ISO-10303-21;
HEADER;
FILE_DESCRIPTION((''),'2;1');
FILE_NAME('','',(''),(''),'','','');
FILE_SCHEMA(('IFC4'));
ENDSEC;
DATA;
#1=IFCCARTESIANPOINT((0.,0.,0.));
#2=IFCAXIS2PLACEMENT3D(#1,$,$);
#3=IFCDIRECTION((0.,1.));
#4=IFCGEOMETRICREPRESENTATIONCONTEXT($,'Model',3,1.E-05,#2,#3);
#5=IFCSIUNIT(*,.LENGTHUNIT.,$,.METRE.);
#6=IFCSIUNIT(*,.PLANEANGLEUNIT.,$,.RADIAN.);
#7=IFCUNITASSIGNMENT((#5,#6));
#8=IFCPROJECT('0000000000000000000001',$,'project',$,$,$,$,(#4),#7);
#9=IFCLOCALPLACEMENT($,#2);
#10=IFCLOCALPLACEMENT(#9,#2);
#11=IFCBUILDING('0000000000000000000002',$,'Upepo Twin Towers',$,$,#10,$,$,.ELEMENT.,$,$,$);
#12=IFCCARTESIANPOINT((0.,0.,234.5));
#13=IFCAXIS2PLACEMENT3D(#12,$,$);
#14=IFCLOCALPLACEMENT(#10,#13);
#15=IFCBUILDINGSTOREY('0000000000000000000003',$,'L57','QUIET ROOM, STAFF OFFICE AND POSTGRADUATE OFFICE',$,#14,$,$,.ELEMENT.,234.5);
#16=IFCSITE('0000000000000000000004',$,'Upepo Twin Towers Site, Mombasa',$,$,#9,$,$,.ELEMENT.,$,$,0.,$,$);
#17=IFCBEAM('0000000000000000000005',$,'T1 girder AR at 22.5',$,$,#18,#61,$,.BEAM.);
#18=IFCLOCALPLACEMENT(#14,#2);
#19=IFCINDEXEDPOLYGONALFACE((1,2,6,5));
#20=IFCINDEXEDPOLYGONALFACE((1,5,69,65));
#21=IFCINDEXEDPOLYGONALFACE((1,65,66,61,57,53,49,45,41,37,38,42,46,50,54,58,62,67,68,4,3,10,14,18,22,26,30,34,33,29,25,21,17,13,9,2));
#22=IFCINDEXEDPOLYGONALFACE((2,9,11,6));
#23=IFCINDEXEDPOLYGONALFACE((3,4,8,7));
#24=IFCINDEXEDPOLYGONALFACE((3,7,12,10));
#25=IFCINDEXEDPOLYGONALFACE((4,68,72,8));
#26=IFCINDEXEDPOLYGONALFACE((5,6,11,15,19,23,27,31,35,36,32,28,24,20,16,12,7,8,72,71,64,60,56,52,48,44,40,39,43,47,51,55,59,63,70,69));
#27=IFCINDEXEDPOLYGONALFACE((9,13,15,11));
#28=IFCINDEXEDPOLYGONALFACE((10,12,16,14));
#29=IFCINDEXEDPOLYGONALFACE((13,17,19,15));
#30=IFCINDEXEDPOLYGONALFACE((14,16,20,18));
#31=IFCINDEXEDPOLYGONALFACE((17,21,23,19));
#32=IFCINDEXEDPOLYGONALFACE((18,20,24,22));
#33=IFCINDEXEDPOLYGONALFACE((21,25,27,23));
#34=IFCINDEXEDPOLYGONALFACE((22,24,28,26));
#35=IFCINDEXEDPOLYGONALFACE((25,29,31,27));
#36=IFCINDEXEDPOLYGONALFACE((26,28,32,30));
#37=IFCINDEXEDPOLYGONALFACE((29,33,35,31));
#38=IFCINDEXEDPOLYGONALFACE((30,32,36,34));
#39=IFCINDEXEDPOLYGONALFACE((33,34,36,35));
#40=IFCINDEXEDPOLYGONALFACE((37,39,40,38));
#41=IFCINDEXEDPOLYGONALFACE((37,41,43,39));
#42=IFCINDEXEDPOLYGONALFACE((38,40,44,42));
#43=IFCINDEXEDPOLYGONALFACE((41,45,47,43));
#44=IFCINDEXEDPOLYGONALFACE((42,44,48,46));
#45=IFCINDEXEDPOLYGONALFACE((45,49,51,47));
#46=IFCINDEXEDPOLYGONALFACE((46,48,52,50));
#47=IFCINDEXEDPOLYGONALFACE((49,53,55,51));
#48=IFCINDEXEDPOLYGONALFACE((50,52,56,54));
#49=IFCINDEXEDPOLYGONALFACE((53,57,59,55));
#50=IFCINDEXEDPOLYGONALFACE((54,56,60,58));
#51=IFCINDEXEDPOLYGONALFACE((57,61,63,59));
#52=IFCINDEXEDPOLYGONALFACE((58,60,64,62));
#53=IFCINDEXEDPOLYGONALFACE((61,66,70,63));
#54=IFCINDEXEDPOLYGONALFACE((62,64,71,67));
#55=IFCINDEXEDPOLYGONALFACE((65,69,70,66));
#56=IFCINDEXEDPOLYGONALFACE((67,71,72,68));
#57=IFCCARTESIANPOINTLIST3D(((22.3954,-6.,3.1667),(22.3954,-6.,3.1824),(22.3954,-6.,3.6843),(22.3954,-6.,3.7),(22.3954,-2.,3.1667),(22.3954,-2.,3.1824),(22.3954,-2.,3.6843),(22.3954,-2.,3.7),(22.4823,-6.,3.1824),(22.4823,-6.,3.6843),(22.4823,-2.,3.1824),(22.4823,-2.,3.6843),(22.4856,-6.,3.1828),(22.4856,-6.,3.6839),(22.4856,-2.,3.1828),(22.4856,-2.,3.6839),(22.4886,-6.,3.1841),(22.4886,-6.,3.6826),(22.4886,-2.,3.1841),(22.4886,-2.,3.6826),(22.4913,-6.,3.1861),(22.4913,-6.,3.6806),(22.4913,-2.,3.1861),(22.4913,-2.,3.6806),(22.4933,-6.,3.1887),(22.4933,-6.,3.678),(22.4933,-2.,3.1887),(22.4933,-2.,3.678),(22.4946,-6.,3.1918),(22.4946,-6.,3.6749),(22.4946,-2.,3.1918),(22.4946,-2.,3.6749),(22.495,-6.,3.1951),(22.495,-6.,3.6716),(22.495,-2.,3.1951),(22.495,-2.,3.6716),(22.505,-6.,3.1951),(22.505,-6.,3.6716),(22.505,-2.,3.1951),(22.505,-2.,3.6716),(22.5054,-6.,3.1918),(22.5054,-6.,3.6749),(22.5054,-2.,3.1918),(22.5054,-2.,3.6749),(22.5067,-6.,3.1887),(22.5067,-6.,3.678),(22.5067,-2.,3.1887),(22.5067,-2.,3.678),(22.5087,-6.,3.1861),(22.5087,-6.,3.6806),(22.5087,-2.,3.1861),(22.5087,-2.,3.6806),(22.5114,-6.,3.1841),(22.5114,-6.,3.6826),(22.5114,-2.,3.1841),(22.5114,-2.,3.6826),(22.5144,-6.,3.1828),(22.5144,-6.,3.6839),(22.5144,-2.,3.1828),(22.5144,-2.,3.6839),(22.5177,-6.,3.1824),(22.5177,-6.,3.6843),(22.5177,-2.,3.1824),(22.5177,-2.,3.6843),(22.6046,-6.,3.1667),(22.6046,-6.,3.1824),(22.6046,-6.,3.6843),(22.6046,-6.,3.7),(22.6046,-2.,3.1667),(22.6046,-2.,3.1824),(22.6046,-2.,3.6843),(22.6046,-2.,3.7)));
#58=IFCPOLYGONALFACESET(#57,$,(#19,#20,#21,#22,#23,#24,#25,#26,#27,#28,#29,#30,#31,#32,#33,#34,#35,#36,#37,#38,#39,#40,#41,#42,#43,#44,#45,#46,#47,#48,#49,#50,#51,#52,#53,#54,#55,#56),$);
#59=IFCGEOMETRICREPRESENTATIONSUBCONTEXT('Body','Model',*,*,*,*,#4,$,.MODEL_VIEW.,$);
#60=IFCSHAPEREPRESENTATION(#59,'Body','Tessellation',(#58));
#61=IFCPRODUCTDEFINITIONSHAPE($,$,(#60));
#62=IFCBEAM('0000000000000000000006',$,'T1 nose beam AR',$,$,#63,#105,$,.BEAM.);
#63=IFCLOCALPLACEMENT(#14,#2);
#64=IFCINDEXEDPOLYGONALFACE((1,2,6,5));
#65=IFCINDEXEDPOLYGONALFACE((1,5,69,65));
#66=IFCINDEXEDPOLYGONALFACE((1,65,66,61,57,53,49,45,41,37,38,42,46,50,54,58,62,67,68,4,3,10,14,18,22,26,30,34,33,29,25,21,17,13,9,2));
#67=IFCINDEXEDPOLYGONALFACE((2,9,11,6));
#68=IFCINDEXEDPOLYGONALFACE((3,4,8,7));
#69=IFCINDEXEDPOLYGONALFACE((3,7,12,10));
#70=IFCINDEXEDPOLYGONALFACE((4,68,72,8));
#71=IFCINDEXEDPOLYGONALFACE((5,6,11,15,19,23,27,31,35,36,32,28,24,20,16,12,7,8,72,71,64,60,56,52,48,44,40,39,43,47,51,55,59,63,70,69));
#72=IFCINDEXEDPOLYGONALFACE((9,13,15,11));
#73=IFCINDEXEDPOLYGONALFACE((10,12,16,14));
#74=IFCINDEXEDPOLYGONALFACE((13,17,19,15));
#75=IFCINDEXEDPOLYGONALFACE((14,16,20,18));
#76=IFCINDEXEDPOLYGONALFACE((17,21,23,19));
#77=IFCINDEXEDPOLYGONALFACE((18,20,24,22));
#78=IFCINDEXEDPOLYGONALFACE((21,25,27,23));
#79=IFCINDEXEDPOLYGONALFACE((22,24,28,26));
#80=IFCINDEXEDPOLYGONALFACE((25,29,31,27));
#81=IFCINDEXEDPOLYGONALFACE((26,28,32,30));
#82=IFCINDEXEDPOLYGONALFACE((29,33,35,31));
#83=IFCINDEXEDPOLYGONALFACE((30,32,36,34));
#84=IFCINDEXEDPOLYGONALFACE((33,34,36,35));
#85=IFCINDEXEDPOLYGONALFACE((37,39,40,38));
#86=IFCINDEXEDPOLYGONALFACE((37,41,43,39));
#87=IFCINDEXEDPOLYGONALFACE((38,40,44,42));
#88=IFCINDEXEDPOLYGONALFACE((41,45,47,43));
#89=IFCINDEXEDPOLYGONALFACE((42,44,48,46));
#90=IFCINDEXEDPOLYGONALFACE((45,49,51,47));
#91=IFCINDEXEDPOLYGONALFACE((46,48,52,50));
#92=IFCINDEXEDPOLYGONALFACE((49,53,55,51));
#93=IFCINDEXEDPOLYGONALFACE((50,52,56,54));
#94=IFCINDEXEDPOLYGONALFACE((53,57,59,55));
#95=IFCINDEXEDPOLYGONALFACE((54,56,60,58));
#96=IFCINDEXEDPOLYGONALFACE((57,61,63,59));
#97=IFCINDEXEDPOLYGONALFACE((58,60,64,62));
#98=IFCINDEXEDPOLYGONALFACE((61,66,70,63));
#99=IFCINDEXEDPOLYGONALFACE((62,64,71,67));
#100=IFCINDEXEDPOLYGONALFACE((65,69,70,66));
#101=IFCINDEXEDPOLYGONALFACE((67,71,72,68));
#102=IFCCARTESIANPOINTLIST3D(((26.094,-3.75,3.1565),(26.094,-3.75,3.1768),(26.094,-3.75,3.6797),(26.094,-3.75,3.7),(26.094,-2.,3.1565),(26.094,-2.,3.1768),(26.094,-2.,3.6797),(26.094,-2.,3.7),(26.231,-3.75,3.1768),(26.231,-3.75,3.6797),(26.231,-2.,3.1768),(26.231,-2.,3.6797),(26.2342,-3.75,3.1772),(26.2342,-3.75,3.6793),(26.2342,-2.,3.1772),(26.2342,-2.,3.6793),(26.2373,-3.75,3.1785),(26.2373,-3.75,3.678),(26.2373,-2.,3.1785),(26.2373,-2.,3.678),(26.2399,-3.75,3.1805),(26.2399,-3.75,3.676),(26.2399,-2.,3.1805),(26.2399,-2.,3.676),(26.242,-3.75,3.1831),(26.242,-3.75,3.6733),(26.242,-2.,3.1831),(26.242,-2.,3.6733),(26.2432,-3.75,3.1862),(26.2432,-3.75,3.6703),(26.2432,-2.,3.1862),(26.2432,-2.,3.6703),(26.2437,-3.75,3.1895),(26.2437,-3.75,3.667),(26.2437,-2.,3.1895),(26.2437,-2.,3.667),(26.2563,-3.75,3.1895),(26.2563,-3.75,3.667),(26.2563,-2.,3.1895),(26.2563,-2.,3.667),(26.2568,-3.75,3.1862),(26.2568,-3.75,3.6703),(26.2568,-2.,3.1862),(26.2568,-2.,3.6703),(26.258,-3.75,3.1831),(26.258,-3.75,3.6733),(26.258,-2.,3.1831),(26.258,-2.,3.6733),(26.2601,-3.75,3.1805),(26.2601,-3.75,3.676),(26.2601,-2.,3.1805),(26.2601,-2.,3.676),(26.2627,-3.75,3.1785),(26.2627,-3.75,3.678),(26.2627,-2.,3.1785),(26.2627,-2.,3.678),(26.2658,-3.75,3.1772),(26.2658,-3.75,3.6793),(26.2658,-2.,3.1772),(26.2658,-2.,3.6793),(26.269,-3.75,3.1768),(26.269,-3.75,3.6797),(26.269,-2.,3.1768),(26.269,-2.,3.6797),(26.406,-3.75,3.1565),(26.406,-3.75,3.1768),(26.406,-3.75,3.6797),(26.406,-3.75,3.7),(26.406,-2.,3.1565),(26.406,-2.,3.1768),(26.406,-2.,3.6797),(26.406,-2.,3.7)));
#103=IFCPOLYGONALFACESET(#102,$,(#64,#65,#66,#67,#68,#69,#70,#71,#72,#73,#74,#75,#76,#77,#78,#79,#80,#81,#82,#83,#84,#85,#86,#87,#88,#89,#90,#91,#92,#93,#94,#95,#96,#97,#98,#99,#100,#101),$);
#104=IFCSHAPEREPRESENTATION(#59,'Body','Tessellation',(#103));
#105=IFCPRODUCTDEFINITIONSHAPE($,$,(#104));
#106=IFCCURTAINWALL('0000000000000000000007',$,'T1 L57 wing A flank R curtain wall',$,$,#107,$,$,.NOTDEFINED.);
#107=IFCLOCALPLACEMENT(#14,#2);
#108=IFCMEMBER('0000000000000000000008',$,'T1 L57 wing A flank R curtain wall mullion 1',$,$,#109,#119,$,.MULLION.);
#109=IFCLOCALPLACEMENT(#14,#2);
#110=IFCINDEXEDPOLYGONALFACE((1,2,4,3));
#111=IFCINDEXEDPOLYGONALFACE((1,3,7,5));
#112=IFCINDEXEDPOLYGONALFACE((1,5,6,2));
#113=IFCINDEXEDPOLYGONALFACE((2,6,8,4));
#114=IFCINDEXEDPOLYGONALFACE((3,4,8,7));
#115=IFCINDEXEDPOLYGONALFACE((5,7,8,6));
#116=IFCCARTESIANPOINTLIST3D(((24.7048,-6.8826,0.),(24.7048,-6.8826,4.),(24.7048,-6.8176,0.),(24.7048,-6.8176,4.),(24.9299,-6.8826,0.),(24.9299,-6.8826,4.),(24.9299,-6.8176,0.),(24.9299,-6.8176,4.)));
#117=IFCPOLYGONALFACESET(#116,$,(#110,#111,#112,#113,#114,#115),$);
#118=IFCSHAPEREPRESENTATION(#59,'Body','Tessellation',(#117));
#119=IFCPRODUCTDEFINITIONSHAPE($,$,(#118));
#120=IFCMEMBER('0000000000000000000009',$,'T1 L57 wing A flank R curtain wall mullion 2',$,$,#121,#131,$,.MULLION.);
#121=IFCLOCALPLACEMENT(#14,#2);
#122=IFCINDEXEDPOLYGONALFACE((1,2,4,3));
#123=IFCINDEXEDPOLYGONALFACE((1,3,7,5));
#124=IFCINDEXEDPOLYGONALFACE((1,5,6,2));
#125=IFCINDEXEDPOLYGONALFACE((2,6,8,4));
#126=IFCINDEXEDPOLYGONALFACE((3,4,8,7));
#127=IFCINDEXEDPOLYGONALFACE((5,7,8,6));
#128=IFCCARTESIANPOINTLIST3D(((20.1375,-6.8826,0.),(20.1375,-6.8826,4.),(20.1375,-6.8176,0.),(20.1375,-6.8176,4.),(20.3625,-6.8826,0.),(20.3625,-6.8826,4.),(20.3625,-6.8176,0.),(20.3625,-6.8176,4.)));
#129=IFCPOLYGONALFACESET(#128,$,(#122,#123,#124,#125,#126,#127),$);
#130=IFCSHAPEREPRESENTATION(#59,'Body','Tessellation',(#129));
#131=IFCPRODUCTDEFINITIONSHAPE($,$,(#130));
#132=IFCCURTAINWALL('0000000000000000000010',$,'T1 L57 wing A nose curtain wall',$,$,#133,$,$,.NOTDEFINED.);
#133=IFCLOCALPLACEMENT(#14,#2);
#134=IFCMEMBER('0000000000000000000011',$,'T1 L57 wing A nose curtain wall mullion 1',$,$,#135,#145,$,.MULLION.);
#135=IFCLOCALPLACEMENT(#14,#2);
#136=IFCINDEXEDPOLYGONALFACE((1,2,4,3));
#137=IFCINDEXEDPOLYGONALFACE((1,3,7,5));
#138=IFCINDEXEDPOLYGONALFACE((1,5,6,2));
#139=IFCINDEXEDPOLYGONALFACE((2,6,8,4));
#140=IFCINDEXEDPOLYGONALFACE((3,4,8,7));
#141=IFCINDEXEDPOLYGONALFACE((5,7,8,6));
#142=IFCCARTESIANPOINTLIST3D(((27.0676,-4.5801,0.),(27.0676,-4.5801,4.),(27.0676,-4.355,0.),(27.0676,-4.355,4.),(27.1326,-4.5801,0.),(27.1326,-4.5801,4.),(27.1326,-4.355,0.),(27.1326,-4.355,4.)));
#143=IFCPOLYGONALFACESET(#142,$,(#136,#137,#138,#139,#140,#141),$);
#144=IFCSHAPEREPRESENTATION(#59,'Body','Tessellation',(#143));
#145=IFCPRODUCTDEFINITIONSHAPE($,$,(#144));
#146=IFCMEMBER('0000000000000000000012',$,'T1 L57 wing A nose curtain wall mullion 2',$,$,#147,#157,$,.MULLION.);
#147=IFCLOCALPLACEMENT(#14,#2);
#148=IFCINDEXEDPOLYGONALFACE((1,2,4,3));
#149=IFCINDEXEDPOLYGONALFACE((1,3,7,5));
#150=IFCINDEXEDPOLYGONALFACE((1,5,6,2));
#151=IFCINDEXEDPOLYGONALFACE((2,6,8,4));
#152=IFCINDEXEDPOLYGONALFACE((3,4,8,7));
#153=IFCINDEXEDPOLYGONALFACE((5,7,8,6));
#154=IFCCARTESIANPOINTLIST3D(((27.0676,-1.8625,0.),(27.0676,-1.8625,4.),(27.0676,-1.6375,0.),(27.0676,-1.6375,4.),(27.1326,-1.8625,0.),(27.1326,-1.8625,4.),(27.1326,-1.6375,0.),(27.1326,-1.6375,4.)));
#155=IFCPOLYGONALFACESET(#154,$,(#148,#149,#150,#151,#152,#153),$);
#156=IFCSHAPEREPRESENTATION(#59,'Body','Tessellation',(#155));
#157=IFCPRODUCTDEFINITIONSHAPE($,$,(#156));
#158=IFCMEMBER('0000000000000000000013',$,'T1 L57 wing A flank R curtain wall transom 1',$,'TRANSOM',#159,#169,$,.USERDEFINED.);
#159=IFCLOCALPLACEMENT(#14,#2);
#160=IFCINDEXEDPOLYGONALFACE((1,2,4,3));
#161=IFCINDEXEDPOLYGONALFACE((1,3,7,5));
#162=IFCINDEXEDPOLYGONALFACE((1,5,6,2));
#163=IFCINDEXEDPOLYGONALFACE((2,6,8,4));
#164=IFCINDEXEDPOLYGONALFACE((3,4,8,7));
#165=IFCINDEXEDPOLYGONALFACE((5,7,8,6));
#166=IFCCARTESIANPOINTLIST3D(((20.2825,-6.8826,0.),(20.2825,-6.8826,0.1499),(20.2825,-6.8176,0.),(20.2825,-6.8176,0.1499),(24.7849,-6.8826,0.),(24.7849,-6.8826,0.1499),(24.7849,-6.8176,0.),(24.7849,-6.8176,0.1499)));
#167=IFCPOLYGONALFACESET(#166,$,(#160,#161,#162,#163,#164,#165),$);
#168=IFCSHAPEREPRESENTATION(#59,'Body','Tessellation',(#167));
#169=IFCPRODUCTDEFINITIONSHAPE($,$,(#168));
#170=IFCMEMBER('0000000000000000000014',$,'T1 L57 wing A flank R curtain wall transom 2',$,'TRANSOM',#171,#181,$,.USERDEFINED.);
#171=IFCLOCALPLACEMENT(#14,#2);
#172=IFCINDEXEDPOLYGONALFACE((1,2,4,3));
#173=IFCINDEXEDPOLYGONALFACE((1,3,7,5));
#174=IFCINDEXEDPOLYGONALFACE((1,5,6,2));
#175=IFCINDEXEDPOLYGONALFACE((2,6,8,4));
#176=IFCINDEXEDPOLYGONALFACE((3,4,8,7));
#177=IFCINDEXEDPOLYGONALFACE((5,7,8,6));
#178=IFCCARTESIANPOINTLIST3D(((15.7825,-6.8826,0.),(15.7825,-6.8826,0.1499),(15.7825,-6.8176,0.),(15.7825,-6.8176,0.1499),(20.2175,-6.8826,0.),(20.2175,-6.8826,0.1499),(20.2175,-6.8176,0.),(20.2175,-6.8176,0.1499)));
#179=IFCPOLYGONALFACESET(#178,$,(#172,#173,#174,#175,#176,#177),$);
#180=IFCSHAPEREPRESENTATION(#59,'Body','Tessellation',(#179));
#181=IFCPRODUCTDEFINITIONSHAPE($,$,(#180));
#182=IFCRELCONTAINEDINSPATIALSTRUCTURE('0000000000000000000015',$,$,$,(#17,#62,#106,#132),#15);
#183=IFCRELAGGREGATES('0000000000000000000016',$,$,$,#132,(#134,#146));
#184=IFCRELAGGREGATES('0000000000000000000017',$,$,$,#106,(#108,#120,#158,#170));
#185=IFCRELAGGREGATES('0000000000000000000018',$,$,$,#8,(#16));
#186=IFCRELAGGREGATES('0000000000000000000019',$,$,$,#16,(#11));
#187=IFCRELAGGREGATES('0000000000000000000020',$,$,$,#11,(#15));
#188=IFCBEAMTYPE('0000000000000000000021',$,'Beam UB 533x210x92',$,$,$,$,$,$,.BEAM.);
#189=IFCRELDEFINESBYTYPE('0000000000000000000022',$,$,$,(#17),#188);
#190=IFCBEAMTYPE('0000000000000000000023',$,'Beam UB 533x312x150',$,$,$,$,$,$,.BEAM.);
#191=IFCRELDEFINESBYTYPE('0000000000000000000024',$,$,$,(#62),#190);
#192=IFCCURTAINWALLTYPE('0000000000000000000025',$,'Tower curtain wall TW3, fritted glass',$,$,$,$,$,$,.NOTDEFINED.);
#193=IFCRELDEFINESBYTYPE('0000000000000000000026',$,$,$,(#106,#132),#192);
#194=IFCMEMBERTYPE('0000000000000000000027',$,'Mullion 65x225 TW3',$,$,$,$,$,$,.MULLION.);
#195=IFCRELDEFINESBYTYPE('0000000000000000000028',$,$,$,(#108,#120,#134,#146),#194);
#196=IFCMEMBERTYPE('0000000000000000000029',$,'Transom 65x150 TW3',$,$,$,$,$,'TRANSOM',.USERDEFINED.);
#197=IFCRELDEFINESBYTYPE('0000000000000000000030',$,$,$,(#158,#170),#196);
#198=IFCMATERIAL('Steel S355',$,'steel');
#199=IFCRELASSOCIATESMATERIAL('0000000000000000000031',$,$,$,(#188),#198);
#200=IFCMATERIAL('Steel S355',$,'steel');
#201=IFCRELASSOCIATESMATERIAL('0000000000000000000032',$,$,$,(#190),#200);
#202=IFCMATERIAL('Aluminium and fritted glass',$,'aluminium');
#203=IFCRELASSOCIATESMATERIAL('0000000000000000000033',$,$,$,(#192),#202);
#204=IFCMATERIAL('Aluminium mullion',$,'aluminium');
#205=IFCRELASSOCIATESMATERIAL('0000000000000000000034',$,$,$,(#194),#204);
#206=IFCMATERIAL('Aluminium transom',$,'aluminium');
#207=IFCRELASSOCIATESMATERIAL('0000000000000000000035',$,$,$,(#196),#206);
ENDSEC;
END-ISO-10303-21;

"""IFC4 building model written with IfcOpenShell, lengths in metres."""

from ifc_helpers import new_model, si_unit, direction, frame, origin, origin_2d, place, context, subcontext, project, spatial, rectangle, i_section, extrude, material, material_profile, profile_set, type_object, element, aggregate, save


model = new_model("IFC4")

# Units and contexts
model_context = context("Model", 3, precision=1e-05, world=origin(), true_north=direction((0.0, 1.0)))
body_context = subcontext(model_context, "Body", "Model", "MODEL_VIEW")
ifc_project = project(units=[si_unit("LENGTHUNIT", "METRE"), si_unit("PLANEANGLEUNIT", "RADIAN")], contexts=[model_context])

# Site, building, storey
site_placement = place(None, origin())
site = spatial("IfcSite", under=ifc_project, at=site_placement, Name="Upepo Twin Towers Site, Mombasa", CompositionType="ELEMENT", RefElevation=0.0)
building_placement = place(site_placement, origin())
building = spatial("IfcBuilding", under=site, at=building_placement, Name="Upepo Twin Towers", CompositionType="ELEMENT")
storey_placement = place(building_placement, frame((0.0, 0.0, 234.5)))
storey = spatial("IfcBuildingStorey", under=building, at=storey_placement, Name="L57", Description="QUIET ROOM, STAFF OFFICE AND POSTGRADUATE OFFICE", CompositionType="ELEMENT", Elevation=234.5)

# Beams
ifc_material_1 = material(Name="Steel S355", Category="steel")
ifc_material_profile_1 = material_profile(ifc_material_1, i_section(OverallWidth=0.2092, OverallDepth=0.5332, WebThickness=0.01, FlangeThickness=0.0156, FilletRadius=0.0127, at=origin_2d()), Name="UB 533x210x92")
ifc_profile_set_1 = profile_set([ifc_material_profile_1], Name="Steel S355")
beam_type_1 = type_object("IfcBeamType", Name="Beam UB 533x210x92", PredefinedType="BEAM", material=ifc_profile_set_1)
for number, where, z_axis, x_axis, name in (
    (1, (22.5, -6.0, 3.4333), (0.0, 1.0, 0.0), (-1.0, 0.0, 0.0), "T1 girder AR at 22.5"),
):
    element("IfcBeam", number, at=place(storey_placement, frame(where, z_axis=z_axis, x_axis=x_axis)), inside=storey, type_object=beam_type_1, Name=name, PredefinedType="BEAM", context=body_context, shape_type="SweptSolid", body=[
        extrude(i_section(OverallWidth=0.2092, OverallDepth=0.5332, WebThickness=0.01, FlangeThickness=0.0156, FilletRadius=0.0127, at=origin_2d()), origin(), (0.0, 0.0, 1.0), 4.0),
    ])
ifc_material_2 = material(Name="Steel S355", Category="steel")
ifc_material_profile_2 = material_profile(ifc_material_2, i_section(OverallWidth=0.312, OverallDepth=0.5435, WebThickness=0.0127, FlangeThickness=0.0203, FilletRadius=0.0127, at=origin_2d()), Name="UB 533x312x150")
ifc_profile_set_2 = profile_set([ifc_material_profile_2], Name="Steel S355")
beam_type_2 = type_object("IfcBeamType", Name="Beam UB 533x312x150", PredefinedType="BEAM", material=ifc_profile_set_2)
beam_1_placement = place(storey_placement, frame((26.25, -3.75, 3.4282), z_axis=(0.0, 1.0, 0.0), x_axis=(-1.0, 0.0, 0.0)))
element("IfcBeam", 2, at=beam_1_placement, inside=storey, type_object=beam_type_2, Name="T1 nose beam AR", PredefinedType="BEAM", context=body_context, shape_type="SweptSolid", body=[
    extrude(i_section(OverallWidth=0.312, OverallDepth=0.5435, WebThickness=0.0127, FlangeThickness=0.0203, FilletRadius=0.0127, at=origin_2d()), origin(), (0.0, 0.0, 1.0), 1.75),
])

# Curtain walls, members
ifc_material_3 = material(Name="Aluminium and fritted glass", Category="aluminium")
curtain_wall_type = type_object("IfcCurtainWallType", Name="Tower curtain wall TW3, fritted glass", PredefinedType="NOTDEFINED", material=ifc_material_3)
curtain_wall_1_placement = place(storey_placement, origin())
curtain_wall_1 = element("IfcCurtainWall", 3, at=curtain_wall_1_placement, inside=storey, type_object=curtain_wall_type, Name="T1 L57 wing A flank R curtain wall", PredefinedType="NOTDEFINED")
ifc_material_4 = material(Name="Aluminium mullion", Category="aluminium")
ifc_material_profile_3 = material_profile(ifc_material_4, rectangle(XDim=0.0649, YDim=0.2251, at=origin_2d()), Name="MULLION 65x225")
ifc_profile_set_3 = profile_set([ifc_material_profile_3], Name="Aluminium mullion")
member_type_1 = type_object("IfcMemberType", Name="Mullion 65x225 TW3", PredefinedType="MULLION", material=ifc_profile_set_3)
member_1_placement = place(storey_placement, frame((24.8174, -6.8501, 0.0), z_axis=(0.0, 0.0, 1.0), x_axis=(0.0, -1.0, 0.0)))
member_1 = element("IfcMember", 4, at=member_1_placement, type_object=member_type_1, Name="T1 L57 wing A flank R curtain wall mullion 1", PredefinedType="MULLION", context=body_context, shape_type="SweptSolid", body=[
    extrude(rectangle(XDim=0.0649, YDim=0.2251, at=origin_2d()), origin(), (0.0, 0.0, 1.0), 4.0),
])
member_2_placement = place(storey_placement, frame((20.25, -6.8501, 0.0), z_axis=(0.0, 0.0, 1.0), x_axis=(0.0, -1.0, 0.0)))
member_2 = element("IfcMember", 5, at=member_2_placement, type_object=member_type_1, Name="T1 L57 wing A flank R curtain wall mullion 2", PredefinedType="MULLION", context=body_context, shape_type="SweptSolid", body=[
    extrude(rectangle(XDim=0.0649, YDim=0.2251, at=origin_2d()), origin(), (0.0, 0.0, 1.0), 4.0),
])
curtain_wall_2_placement = place(storey_placement, origin())
curtain_wall_2 = element("IfcCurtainWall", 6, at=curtain_wall_2_placement, inside=storey, type_object=curtain_wall_type, Name="T1 L57 wing A nose curtain wall", PredefinedType="NOTDEFINED")
member_3_placement = place(storey_placement, frame((27.1001, -4.4675, 0.0), z_axis=(0.0, 0.0, 1.0), x_axis=(-1.0, 0.0, 0.0)))
member_3 = element("IfcMember", 7, at=member_3_placement, type_object=member_type_1, Name="T1 L57 wing A nose curtain wall mullion 1", PredefinedType="MULLION", context=body_context, shape_type="SweptSolid", body=[
    extrude(rectangle(XDim=0.0649, YDim=0.2251, at=origin_2d()), origin(), (0.0, 0.0, 1.0), 4.0),
])
member_4_placement = place(storey_placement, frame((27.1001, -1.75, 0.0), z_axis=(0.0, 0.0, 1.0), x_axis=(-1.0, 0.0, 0.0)))
member_4 = element("IfcMember", 8, at=member_4_placement, type_object=member_type_1, Name="T1 L57 wing A nose curtain wall mullion 2", PredefinedType="MULLION", context=body_context, shape_type="SweptSolid", body=[
    extrude(rectangle(XDim=0.0649, YDim=0.2251, at=origin_2d()), origin(), (0.0, 0.0, 1.0), 4.0),
])
aggregate(curtain_wall_2, [member_3, member_4])

# Members
ifc_material_5 = material(Name="Aluminium transom", Category="aluminium")
ifc_material_profile_4 = material_profile(ifc_material_5, rectangle(XDim=0.0649, YDim=0.1499, at=origin_2d()), Name="TRANSOM 65x150")
ifc_profile_set_4 = profile_set([ifc_material_profile_4], Name="Aluminium transom")
member_type_2 = type_object("IfcMemberType", Name="Transom 65x150 TW3", ElementType="TRANSOM", PredefinedType="USERDEFINED", material=ifc_profile_set_4)
member_5_placement = place(storey_placement, frame((24.7849, -6.8501, 0.075), z_axis=(-1.0, 0.0, 0.0), x_axis=(0.0, -1.0, 0.0)))
member_5 = element("IfcMember", 9, at=member_5_placement, type_object=member_type_2, Name="T1 L57 wing A flank R curtain wall transom 1", ObjectType="TRANSOM", PredefinedType="USERDEFINED", context=body_context, shape_type="SweptSolid", body=[
    extrude(rectangle(XDim=0.0649, YDim=0.1499, at=origin_2d()), origin(), (0.0, 0.0, 1.0), 4.5024),
])
member_6_placement = place(storey_placement, frame((20.2175, -6.8501, 0.075), z_axis=(-1.0, 0.0, 0.0), x_axis=(0.0, -1.0, 0.0)))
member_6 = element("IfcMember", 10, at=member_6_placement, type_object=member_type_2, Name="T1 L57 wing A flank R curtain wall transom 2", ObjectType="TRANSOM", PredefinedType="USERDEFINED", context=body_context, shape_type="SweptSolid", body=[
    extrude(rectangle(XDim=0.0649, YDim=0.1499, at=origin_2d()), origin(), (0.0, 0.0, 1.0), 4.4351),
])

aggregate(curtain_wall_1, [member_1, member_2, member_5, member_6])

save(model, "model.ifc")
